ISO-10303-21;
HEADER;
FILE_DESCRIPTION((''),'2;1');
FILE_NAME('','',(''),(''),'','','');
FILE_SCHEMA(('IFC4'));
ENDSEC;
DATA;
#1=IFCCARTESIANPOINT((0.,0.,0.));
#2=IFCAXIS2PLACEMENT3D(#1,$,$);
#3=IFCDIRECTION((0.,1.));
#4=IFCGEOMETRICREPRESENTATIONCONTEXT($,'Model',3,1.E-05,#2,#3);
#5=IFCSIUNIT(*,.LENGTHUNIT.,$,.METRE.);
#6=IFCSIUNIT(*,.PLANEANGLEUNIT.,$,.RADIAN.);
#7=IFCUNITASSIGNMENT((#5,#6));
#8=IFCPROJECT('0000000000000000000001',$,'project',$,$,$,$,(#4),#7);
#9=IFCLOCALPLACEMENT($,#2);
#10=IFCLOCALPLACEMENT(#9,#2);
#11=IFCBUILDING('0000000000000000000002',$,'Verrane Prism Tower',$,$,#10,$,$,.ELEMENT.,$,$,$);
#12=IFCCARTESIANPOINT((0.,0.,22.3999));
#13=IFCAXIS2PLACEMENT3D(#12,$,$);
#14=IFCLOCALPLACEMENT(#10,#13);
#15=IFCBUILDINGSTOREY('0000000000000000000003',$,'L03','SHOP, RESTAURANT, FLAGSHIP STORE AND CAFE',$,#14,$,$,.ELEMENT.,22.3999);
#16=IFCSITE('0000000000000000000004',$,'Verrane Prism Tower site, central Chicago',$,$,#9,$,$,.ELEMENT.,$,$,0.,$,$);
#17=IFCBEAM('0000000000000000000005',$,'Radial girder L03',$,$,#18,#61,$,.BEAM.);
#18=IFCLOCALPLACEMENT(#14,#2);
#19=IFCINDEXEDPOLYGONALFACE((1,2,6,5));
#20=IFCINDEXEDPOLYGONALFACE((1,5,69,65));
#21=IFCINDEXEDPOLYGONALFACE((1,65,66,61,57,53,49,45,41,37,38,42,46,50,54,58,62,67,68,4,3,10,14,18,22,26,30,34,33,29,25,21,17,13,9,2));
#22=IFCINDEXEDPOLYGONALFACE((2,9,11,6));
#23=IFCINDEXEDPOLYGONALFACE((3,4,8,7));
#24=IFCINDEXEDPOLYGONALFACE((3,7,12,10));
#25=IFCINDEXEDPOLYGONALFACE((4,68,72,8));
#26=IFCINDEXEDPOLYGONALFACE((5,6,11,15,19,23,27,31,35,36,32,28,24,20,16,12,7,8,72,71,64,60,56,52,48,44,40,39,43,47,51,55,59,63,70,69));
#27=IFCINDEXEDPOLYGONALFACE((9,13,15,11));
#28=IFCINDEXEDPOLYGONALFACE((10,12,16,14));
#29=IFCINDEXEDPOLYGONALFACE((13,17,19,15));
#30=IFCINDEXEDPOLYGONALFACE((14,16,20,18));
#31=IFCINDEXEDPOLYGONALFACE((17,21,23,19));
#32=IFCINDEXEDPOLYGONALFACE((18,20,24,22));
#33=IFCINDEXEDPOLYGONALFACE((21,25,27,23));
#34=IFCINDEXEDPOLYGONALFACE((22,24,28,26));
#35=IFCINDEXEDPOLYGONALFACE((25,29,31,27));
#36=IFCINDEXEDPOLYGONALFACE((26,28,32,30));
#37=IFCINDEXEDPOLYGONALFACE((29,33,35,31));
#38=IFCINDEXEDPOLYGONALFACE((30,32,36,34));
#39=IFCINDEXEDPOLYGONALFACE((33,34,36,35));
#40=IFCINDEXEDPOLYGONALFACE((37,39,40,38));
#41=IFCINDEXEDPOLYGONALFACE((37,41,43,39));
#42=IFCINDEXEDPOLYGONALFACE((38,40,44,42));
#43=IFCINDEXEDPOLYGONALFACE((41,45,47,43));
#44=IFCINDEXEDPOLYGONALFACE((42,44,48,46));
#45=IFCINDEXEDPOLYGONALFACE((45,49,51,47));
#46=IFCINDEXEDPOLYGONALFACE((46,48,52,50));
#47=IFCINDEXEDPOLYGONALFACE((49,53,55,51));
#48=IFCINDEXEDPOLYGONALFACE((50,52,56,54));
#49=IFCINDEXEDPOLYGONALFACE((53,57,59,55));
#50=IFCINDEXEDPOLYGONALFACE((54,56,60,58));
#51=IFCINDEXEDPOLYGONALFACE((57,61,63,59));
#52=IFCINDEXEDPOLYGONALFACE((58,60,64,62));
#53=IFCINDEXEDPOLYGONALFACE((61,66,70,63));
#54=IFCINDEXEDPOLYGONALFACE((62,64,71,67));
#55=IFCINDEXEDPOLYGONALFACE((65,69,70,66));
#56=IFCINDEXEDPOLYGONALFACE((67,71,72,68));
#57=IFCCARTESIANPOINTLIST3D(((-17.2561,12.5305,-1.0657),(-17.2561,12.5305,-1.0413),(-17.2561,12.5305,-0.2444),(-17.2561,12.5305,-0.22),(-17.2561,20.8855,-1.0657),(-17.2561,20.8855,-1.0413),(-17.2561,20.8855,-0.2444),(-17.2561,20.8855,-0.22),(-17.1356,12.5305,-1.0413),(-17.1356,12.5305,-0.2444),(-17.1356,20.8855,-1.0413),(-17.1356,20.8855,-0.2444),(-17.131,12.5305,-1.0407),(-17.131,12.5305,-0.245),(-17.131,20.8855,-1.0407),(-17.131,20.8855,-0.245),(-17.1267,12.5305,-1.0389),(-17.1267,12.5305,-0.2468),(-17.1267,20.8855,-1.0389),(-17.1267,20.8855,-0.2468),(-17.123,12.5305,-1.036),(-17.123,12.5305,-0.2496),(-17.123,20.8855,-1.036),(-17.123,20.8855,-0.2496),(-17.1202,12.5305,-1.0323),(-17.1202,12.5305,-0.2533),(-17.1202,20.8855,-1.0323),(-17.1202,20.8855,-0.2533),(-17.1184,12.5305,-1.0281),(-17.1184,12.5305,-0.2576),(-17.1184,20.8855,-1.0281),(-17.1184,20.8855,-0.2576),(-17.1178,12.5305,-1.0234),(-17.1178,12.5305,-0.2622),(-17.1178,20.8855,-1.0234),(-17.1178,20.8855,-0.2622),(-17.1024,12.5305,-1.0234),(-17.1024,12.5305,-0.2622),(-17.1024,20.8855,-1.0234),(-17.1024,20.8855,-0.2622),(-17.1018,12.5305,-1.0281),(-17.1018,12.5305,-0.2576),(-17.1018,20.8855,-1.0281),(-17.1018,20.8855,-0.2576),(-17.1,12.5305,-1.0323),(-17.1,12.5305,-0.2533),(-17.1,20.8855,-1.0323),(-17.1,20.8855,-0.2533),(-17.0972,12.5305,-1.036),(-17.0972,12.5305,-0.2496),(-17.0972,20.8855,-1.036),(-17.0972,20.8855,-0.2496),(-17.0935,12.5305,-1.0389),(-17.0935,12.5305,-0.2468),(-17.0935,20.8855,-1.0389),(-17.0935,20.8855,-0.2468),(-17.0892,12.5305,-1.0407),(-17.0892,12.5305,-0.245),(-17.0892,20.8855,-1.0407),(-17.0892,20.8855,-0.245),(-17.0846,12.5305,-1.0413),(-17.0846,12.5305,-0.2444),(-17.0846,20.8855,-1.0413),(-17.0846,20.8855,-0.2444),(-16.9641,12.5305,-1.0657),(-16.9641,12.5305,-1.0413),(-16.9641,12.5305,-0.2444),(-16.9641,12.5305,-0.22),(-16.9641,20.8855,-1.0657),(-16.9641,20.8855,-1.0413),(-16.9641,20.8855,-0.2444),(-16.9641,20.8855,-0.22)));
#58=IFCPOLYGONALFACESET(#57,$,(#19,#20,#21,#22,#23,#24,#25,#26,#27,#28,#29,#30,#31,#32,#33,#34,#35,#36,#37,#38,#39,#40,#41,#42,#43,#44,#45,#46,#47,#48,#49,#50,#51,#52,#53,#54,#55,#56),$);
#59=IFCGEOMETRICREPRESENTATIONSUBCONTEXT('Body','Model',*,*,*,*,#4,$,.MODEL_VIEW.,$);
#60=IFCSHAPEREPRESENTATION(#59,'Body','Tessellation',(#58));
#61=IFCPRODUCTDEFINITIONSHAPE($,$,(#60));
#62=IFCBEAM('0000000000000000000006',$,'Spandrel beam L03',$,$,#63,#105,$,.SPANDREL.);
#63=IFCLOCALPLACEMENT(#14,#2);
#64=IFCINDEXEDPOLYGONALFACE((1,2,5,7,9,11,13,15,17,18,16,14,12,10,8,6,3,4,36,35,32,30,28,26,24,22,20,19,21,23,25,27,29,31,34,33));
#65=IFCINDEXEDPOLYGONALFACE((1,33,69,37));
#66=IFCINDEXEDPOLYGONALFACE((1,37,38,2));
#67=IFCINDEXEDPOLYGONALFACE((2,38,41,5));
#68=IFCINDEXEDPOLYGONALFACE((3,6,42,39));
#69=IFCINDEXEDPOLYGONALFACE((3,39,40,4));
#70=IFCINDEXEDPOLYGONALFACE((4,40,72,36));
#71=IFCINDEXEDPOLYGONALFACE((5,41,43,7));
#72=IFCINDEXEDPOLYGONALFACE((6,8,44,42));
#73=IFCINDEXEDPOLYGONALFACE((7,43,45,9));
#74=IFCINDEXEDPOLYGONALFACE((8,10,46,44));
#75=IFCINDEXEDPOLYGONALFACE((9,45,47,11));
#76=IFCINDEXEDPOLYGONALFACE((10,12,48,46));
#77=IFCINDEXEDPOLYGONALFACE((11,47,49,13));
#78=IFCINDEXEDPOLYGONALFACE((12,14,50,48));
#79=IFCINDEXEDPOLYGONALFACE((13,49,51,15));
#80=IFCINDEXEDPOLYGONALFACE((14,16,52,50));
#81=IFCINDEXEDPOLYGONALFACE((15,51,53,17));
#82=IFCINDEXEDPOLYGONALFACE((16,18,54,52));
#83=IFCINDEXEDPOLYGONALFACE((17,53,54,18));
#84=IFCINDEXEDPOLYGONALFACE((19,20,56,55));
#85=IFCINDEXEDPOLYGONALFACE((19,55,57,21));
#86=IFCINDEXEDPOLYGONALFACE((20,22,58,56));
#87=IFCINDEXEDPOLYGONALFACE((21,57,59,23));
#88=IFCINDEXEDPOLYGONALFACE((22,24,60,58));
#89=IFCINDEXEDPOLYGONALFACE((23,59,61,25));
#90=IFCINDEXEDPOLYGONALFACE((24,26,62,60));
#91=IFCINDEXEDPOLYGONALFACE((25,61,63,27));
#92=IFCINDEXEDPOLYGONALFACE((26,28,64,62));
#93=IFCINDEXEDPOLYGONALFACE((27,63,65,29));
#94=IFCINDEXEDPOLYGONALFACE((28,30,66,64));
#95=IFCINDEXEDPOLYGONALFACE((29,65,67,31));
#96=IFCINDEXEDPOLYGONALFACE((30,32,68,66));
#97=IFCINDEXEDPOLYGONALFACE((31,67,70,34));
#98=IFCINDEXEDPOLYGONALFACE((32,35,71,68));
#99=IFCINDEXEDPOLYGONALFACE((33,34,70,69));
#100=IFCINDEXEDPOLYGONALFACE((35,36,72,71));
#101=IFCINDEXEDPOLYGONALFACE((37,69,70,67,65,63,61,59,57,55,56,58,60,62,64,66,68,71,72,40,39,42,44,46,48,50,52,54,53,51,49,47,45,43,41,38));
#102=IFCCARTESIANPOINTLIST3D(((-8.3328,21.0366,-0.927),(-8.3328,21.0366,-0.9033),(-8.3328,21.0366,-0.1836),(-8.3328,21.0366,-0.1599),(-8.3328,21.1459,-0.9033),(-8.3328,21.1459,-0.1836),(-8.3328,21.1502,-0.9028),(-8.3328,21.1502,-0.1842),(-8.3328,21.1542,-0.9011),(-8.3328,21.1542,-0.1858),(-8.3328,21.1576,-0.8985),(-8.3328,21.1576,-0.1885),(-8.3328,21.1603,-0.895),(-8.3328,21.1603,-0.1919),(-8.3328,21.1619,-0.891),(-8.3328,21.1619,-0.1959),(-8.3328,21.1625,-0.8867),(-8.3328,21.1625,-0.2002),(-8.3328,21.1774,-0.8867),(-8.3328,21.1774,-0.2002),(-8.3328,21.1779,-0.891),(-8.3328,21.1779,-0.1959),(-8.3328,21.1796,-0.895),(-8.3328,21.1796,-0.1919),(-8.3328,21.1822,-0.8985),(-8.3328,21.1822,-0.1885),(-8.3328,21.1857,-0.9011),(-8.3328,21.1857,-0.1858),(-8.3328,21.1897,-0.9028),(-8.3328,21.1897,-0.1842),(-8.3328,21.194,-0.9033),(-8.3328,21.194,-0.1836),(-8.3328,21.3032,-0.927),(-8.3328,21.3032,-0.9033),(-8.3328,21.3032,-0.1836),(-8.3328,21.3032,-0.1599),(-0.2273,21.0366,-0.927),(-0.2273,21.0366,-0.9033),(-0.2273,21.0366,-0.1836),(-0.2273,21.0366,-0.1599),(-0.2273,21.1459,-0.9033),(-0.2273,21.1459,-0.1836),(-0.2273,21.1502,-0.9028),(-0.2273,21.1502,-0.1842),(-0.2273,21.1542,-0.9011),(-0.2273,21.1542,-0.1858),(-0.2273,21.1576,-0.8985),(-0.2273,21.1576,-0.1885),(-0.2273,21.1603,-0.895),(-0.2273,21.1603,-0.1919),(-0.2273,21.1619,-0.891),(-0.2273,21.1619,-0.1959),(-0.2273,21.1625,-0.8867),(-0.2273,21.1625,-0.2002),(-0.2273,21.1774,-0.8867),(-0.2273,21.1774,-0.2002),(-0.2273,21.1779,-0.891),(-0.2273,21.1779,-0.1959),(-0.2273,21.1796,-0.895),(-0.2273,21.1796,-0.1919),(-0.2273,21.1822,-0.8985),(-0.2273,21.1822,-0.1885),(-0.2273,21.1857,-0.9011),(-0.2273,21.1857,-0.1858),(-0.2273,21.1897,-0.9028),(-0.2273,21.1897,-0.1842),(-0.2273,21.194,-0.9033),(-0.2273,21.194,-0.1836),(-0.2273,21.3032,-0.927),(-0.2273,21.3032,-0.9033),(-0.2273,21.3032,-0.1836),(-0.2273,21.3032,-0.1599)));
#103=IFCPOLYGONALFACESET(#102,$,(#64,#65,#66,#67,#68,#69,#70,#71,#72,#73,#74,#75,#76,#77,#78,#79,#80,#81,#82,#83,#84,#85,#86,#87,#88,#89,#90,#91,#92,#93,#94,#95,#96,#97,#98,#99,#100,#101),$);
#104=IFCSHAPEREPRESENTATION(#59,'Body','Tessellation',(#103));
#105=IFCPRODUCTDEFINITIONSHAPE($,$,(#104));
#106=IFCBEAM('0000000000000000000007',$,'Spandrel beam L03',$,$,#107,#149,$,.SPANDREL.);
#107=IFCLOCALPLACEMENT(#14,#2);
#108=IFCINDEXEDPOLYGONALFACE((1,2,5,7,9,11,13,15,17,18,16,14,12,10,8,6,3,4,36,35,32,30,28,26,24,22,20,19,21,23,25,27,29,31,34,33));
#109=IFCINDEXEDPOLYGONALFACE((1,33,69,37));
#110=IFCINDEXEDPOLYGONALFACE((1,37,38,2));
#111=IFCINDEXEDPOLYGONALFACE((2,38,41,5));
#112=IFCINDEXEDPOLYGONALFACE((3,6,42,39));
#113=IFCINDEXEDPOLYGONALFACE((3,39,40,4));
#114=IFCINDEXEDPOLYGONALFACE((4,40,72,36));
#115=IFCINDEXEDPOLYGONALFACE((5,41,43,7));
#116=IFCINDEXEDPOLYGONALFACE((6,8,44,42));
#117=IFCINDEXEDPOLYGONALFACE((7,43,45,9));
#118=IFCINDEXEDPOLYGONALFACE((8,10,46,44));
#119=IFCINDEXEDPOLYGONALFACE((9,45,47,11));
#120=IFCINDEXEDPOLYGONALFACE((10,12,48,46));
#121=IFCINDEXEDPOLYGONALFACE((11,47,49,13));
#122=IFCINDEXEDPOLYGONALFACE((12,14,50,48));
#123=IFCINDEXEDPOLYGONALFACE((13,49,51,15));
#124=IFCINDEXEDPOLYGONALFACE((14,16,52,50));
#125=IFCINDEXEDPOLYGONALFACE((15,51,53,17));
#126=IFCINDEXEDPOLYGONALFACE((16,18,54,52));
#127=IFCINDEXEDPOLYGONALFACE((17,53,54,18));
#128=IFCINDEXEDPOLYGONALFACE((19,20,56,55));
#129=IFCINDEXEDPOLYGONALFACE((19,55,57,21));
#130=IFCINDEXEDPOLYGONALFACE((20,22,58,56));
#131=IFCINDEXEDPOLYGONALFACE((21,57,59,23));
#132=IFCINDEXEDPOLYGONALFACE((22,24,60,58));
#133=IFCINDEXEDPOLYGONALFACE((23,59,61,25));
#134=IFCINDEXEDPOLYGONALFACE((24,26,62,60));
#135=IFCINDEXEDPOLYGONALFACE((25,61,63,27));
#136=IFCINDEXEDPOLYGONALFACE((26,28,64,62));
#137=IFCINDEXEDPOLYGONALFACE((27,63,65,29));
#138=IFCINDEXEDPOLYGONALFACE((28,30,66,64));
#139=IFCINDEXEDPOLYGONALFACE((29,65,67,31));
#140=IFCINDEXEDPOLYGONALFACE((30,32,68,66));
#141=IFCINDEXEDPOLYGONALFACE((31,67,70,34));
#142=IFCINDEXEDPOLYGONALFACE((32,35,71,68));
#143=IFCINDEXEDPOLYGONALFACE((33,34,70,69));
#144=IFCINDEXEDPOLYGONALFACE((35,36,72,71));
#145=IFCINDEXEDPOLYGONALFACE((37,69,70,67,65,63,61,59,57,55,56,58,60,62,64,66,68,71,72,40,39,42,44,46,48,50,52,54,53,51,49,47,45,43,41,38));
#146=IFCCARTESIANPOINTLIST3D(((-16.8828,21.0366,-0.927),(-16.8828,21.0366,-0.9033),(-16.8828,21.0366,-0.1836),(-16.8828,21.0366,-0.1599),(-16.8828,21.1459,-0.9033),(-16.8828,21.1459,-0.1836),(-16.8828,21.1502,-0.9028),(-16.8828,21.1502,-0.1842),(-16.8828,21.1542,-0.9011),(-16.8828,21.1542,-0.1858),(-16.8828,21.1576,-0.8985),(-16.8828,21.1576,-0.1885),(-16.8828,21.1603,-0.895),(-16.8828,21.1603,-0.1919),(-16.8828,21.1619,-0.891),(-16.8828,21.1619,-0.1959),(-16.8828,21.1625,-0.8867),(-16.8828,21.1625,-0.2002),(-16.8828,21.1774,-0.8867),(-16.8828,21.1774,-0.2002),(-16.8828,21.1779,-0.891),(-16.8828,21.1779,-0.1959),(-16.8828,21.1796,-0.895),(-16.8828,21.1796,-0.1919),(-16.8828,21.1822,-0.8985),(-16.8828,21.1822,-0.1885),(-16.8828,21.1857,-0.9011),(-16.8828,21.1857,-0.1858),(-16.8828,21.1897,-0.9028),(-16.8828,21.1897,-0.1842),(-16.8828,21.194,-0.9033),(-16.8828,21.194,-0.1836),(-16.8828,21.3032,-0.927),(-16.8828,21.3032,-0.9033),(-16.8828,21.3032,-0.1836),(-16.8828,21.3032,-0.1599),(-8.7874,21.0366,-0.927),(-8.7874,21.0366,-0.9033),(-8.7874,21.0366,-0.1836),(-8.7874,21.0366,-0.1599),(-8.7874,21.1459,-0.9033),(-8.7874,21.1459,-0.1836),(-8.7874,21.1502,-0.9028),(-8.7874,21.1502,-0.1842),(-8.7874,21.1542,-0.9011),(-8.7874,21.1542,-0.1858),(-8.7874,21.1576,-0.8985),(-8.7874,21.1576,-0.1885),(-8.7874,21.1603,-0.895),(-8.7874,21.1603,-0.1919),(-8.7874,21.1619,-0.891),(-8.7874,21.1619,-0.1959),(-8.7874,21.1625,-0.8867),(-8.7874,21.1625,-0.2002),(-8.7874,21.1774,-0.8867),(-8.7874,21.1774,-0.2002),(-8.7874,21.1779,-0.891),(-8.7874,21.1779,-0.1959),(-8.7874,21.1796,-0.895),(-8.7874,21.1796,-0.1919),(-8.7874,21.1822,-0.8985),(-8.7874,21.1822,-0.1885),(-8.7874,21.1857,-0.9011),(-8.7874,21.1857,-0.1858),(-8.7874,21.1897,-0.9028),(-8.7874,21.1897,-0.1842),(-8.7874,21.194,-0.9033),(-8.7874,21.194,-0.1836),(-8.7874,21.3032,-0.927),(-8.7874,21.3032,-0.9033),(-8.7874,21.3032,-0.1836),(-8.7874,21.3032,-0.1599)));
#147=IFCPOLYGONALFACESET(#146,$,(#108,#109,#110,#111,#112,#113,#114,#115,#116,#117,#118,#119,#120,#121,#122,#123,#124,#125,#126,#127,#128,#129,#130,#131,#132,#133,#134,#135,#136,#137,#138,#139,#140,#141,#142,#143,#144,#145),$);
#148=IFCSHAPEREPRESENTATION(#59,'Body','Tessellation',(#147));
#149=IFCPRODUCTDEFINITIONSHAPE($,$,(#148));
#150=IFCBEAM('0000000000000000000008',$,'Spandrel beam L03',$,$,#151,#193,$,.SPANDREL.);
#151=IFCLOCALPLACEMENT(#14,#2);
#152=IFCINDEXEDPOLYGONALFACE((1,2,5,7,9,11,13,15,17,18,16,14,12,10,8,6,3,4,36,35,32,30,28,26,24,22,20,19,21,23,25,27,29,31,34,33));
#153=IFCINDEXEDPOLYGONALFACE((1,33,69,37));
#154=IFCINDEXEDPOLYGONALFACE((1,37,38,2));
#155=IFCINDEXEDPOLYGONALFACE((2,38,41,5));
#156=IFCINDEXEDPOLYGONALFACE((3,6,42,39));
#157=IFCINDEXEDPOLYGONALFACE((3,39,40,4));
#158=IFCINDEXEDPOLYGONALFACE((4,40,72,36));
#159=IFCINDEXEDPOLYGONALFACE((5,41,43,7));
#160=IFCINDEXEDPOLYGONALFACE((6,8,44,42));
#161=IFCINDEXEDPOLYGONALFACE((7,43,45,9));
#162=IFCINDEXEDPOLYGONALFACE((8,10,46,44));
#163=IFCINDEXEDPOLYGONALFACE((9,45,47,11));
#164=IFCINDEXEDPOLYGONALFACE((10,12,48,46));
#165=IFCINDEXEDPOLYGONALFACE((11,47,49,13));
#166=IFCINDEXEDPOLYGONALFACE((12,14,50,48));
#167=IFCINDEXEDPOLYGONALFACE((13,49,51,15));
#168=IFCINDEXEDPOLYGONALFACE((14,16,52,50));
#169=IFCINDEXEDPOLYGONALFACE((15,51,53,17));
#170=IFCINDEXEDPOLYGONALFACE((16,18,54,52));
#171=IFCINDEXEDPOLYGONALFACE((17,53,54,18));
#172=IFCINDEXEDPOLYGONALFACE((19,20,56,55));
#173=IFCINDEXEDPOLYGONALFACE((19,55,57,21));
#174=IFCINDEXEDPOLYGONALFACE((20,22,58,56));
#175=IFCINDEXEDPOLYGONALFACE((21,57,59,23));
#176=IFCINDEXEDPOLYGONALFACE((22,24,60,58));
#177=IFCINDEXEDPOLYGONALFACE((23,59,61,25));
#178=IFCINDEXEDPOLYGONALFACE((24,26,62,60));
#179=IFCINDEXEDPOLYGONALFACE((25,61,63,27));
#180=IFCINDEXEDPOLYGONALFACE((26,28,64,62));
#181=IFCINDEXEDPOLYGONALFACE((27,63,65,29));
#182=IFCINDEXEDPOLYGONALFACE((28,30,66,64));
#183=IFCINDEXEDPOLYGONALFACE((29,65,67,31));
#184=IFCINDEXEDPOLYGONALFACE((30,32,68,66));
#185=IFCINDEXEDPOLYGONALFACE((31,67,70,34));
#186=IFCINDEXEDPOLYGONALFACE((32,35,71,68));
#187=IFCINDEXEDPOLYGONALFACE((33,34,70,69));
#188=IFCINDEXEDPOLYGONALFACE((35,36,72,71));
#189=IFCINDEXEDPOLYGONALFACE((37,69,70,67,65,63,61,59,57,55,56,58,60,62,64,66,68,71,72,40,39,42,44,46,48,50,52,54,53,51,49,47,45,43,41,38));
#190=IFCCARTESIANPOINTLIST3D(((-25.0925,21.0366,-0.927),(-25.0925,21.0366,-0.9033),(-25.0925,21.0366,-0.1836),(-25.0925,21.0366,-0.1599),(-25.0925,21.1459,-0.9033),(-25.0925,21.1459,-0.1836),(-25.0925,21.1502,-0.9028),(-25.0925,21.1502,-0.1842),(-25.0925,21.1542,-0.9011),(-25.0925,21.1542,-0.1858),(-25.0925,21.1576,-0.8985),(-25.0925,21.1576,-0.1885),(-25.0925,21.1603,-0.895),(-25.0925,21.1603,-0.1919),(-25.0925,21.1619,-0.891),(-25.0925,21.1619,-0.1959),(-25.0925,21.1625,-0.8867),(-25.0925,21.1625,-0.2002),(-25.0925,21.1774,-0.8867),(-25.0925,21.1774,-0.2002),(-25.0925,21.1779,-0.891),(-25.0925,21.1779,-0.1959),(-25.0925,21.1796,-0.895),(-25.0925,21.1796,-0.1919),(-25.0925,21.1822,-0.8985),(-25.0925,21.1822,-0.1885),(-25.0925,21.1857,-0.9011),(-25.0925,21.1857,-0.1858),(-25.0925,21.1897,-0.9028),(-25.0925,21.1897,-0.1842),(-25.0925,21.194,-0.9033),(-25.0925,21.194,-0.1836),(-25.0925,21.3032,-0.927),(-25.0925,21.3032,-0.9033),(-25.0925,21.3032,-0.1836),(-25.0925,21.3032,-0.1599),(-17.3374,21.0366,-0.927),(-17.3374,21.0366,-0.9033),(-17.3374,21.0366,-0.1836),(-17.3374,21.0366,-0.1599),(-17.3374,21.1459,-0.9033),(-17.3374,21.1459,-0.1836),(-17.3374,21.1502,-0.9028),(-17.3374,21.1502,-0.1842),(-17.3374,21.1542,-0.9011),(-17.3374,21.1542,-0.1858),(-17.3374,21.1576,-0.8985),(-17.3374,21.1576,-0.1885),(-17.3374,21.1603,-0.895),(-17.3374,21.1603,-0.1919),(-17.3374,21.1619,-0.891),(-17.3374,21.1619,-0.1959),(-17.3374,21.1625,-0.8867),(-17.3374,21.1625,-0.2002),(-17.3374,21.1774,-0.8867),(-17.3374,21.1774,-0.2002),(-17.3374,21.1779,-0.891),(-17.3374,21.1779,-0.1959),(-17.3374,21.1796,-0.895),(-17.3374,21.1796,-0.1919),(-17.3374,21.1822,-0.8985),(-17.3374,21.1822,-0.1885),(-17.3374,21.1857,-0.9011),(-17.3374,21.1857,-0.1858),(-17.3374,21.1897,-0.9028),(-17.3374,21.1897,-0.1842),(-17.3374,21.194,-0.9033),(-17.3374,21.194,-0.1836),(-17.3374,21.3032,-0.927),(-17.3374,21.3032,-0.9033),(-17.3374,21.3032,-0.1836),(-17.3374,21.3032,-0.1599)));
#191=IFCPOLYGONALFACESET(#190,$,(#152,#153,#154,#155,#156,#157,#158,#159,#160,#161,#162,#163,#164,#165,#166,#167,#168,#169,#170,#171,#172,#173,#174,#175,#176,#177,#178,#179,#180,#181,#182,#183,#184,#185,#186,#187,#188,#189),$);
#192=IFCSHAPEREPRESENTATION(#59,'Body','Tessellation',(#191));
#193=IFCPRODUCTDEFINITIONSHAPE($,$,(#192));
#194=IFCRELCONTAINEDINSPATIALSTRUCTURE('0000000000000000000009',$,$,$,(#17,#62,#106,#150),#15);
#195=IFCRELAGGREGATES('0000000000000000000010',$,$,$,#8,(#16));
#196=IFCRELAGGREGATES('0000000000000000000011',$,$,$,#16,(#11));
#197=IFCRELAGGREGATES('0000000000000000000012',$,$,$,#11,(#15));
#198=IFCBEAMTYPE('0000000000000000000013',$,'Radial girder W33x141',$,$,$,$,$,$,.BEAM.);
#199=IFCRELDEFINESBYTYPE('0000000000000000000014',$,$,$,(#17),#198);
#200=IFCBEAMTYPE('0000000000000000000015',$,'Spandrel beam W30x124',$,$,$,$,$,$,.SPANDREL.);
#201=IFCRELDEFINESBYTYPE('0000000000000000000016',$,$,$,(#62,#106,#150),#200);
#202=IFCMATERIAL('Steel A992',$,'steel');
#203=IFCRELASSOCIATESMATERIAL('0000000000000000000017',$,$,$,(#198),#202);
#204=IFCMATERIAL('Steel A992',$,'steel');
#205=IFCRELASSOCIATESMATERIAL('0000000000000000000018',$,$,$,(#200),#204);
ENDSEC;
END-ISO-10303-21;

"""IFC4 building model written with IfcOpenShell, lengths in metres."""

from ifc_helpers import new_model, si_unit, direction, frame, origin, origin_2d, place, context, subcontext, project, spatial, i_section, extrude, material, material_profile, profile_set, type_object, element, save


model = new_model("IFC4")

# Units and contexts
model_context = context("Model", 3, precision=1e-05, world=origin(), true_north=direction((0.0, 1.0)))
body_context = subcontext(model_context, "Body", "Model", "MODEL_VIEW")
ifc_project = project(units=[si_unit("LENGTHUNIT", "METRE"), si_unit("PLANEANGLEUNIT", "RADIAN")], contexts=[model_context])

# Site, building, storey
site_placement = place(None, origin())
site = spatial("IfcSite", under=ifc_project, at=site_placement, Name="Verrane Prism Tower site, central Chicago", CompositionType="ELEMENT", RefElevation=0.0)
building_placement = place(site_placement, origin())
building = spatial("IfcBuilding", under=site, at=building_placement, Name="Verrane Prism Tower", CompositionType="ELEMENT")
storey_placement = place(building_placement, frame((0.0, 0.0, 22.3999)))
storey = spatial("IfcBuildingStorey", under=building, at=storey_placement, Name="L03", Description="SHOP, RESTAURANT, FLAGSHIP STORE AND CAFE", CompositionType="ELEMENT", Elevation=22.3999)

# Beams
ifc_material_1 = material(Name="Steel A992", Category="steel")
ifc_material_profile_1 = material_profile(ifc_material_1, i_section(OverallWidth=0.292, OverallDepth=0.8457, WebThickness=0.0154, FlangeThickness=0.0244, FilletRadius=0.0178, at=origin_2d()), Name="W33x141")
ifc_profile_set_1 = profile_set([ifc_material_profile_1], Name="Steel A992")
beam_type_1 = type_object("IfcBeamType", Name="Radial girder W33x141", PredefinedType="BEAM", material=ifc_profile_set_1)
beam_1_placement = place(storey_placement, frame((-17.1101, 20.8855, -0.6428), z_axis=(0.0, -1.0, 0.0), x_axis=(1.0, 0.0, 0.0)))
element("IfcBeam", 1, at=beam_1_placement, inside=storey, type_object=beam_type_1, Name="Radial girder L03", PredefinedType="BEAM", context=body_context, shape_type="SweptSolid", body=[
    extrude(i_section(OverallWidth=0.292, OverallDepth=0.8457, WebThickness=0.0154, FlangeThickness=0.0244, FilletRadius=0.0178, at=origin_2d()), origin(), (0.0, 0.0, 1.0), 8.355),
])
ifc_material_2 = material(Name="Steel A992", Category="steel")
ifc_material_profile_2 = material_profile(ifc_material_2, i_section(OverallWidth=0.2666, OverallDepth=0.7671, WebThickness=0.0149, FlangeThickness=0.0237, FilletRadius=0.0166, at=origin_2d()), Name="W30x124")
ifc_profile_set_2 = profile_set([ifc_material_profile_2], Name="Steel A992")
beam_type_2 = type_object("IfcBeamType", Name="Spandrel beam W30x124", PredefinedType="SPANDREL", material=ifc_profile_set_2)
beam_2_placement = place(storey_placement, frame((-0.2273, 21.1699, -0.5435), z_axis=(-1.0, 0.0, 0.0), x_axis=(0.0, -1.0, 0.0)))
element("IfcBeam", 2, at=beam_2_placement, inside=storey, type_object=beam_type_2, Name="Spandrel beam L03", PredefinedType="SPANDREL", context=body_context, shape_type="SweptSolid", body=[
    extrude(i_section(OverallWidth=0.2666, OverallDepth=0.7671, WebThickness=0.0149, FlangeThickness=0.0237, FilletRadius=0.0166, at=origin_2d()), origin(), (0.0, 0.0, 1.0), 8.1055),
])
beam_3_placement = place(storey_placement, frame((-8.7874, 21.1699, -0.5435), z_axis=(-1.0, 0.0, 0.0), x_axis=(0.0, -1.0, 0.0)))
element("IfcBeam", 3, at=beam_3_placement, inside=storey, type_object=beam_type_2, Name="Spandrel beam L03", PredefinedType="SPANDREL", context=body_context, shape_type="SweptSolid", body=[
    extrude(i_section(OverallWidth=0.2666, OverallDepth=0.7671, WebThickness=0.0149, FlangeThickness=0.0237, FilletRadius=0.0166, at=origin_2d()), origin(), (0.0, 0.0, 1.0), 8.0955),
])
beam_4_placement = place(storey_placement, frame((-17.3374, 21.1699, -0.5435), z_axis=(-1.0, 0.0, 0.0), x_axis=(0.0, -1.0, 0.0)))
element("IfcBeam", 4, at=beam_4_placement, inside=storey, type_object=beam_type_2, Name="Spandrel beam L03", PredefinedType="SPANDREL", context=body_context, shape_type="SweptSolid", body=[
    extrude(i_section(OverallWidth=0.2666, OverallDepth=0.7671, WebThickness=0.0149, FlangeThickness=0.0237, FilletRadius=0.0166, at=origin_2d()), origin(), (0.0, 0.0, 1.0), 7.7551),
])

save(model, "model.ifc")
